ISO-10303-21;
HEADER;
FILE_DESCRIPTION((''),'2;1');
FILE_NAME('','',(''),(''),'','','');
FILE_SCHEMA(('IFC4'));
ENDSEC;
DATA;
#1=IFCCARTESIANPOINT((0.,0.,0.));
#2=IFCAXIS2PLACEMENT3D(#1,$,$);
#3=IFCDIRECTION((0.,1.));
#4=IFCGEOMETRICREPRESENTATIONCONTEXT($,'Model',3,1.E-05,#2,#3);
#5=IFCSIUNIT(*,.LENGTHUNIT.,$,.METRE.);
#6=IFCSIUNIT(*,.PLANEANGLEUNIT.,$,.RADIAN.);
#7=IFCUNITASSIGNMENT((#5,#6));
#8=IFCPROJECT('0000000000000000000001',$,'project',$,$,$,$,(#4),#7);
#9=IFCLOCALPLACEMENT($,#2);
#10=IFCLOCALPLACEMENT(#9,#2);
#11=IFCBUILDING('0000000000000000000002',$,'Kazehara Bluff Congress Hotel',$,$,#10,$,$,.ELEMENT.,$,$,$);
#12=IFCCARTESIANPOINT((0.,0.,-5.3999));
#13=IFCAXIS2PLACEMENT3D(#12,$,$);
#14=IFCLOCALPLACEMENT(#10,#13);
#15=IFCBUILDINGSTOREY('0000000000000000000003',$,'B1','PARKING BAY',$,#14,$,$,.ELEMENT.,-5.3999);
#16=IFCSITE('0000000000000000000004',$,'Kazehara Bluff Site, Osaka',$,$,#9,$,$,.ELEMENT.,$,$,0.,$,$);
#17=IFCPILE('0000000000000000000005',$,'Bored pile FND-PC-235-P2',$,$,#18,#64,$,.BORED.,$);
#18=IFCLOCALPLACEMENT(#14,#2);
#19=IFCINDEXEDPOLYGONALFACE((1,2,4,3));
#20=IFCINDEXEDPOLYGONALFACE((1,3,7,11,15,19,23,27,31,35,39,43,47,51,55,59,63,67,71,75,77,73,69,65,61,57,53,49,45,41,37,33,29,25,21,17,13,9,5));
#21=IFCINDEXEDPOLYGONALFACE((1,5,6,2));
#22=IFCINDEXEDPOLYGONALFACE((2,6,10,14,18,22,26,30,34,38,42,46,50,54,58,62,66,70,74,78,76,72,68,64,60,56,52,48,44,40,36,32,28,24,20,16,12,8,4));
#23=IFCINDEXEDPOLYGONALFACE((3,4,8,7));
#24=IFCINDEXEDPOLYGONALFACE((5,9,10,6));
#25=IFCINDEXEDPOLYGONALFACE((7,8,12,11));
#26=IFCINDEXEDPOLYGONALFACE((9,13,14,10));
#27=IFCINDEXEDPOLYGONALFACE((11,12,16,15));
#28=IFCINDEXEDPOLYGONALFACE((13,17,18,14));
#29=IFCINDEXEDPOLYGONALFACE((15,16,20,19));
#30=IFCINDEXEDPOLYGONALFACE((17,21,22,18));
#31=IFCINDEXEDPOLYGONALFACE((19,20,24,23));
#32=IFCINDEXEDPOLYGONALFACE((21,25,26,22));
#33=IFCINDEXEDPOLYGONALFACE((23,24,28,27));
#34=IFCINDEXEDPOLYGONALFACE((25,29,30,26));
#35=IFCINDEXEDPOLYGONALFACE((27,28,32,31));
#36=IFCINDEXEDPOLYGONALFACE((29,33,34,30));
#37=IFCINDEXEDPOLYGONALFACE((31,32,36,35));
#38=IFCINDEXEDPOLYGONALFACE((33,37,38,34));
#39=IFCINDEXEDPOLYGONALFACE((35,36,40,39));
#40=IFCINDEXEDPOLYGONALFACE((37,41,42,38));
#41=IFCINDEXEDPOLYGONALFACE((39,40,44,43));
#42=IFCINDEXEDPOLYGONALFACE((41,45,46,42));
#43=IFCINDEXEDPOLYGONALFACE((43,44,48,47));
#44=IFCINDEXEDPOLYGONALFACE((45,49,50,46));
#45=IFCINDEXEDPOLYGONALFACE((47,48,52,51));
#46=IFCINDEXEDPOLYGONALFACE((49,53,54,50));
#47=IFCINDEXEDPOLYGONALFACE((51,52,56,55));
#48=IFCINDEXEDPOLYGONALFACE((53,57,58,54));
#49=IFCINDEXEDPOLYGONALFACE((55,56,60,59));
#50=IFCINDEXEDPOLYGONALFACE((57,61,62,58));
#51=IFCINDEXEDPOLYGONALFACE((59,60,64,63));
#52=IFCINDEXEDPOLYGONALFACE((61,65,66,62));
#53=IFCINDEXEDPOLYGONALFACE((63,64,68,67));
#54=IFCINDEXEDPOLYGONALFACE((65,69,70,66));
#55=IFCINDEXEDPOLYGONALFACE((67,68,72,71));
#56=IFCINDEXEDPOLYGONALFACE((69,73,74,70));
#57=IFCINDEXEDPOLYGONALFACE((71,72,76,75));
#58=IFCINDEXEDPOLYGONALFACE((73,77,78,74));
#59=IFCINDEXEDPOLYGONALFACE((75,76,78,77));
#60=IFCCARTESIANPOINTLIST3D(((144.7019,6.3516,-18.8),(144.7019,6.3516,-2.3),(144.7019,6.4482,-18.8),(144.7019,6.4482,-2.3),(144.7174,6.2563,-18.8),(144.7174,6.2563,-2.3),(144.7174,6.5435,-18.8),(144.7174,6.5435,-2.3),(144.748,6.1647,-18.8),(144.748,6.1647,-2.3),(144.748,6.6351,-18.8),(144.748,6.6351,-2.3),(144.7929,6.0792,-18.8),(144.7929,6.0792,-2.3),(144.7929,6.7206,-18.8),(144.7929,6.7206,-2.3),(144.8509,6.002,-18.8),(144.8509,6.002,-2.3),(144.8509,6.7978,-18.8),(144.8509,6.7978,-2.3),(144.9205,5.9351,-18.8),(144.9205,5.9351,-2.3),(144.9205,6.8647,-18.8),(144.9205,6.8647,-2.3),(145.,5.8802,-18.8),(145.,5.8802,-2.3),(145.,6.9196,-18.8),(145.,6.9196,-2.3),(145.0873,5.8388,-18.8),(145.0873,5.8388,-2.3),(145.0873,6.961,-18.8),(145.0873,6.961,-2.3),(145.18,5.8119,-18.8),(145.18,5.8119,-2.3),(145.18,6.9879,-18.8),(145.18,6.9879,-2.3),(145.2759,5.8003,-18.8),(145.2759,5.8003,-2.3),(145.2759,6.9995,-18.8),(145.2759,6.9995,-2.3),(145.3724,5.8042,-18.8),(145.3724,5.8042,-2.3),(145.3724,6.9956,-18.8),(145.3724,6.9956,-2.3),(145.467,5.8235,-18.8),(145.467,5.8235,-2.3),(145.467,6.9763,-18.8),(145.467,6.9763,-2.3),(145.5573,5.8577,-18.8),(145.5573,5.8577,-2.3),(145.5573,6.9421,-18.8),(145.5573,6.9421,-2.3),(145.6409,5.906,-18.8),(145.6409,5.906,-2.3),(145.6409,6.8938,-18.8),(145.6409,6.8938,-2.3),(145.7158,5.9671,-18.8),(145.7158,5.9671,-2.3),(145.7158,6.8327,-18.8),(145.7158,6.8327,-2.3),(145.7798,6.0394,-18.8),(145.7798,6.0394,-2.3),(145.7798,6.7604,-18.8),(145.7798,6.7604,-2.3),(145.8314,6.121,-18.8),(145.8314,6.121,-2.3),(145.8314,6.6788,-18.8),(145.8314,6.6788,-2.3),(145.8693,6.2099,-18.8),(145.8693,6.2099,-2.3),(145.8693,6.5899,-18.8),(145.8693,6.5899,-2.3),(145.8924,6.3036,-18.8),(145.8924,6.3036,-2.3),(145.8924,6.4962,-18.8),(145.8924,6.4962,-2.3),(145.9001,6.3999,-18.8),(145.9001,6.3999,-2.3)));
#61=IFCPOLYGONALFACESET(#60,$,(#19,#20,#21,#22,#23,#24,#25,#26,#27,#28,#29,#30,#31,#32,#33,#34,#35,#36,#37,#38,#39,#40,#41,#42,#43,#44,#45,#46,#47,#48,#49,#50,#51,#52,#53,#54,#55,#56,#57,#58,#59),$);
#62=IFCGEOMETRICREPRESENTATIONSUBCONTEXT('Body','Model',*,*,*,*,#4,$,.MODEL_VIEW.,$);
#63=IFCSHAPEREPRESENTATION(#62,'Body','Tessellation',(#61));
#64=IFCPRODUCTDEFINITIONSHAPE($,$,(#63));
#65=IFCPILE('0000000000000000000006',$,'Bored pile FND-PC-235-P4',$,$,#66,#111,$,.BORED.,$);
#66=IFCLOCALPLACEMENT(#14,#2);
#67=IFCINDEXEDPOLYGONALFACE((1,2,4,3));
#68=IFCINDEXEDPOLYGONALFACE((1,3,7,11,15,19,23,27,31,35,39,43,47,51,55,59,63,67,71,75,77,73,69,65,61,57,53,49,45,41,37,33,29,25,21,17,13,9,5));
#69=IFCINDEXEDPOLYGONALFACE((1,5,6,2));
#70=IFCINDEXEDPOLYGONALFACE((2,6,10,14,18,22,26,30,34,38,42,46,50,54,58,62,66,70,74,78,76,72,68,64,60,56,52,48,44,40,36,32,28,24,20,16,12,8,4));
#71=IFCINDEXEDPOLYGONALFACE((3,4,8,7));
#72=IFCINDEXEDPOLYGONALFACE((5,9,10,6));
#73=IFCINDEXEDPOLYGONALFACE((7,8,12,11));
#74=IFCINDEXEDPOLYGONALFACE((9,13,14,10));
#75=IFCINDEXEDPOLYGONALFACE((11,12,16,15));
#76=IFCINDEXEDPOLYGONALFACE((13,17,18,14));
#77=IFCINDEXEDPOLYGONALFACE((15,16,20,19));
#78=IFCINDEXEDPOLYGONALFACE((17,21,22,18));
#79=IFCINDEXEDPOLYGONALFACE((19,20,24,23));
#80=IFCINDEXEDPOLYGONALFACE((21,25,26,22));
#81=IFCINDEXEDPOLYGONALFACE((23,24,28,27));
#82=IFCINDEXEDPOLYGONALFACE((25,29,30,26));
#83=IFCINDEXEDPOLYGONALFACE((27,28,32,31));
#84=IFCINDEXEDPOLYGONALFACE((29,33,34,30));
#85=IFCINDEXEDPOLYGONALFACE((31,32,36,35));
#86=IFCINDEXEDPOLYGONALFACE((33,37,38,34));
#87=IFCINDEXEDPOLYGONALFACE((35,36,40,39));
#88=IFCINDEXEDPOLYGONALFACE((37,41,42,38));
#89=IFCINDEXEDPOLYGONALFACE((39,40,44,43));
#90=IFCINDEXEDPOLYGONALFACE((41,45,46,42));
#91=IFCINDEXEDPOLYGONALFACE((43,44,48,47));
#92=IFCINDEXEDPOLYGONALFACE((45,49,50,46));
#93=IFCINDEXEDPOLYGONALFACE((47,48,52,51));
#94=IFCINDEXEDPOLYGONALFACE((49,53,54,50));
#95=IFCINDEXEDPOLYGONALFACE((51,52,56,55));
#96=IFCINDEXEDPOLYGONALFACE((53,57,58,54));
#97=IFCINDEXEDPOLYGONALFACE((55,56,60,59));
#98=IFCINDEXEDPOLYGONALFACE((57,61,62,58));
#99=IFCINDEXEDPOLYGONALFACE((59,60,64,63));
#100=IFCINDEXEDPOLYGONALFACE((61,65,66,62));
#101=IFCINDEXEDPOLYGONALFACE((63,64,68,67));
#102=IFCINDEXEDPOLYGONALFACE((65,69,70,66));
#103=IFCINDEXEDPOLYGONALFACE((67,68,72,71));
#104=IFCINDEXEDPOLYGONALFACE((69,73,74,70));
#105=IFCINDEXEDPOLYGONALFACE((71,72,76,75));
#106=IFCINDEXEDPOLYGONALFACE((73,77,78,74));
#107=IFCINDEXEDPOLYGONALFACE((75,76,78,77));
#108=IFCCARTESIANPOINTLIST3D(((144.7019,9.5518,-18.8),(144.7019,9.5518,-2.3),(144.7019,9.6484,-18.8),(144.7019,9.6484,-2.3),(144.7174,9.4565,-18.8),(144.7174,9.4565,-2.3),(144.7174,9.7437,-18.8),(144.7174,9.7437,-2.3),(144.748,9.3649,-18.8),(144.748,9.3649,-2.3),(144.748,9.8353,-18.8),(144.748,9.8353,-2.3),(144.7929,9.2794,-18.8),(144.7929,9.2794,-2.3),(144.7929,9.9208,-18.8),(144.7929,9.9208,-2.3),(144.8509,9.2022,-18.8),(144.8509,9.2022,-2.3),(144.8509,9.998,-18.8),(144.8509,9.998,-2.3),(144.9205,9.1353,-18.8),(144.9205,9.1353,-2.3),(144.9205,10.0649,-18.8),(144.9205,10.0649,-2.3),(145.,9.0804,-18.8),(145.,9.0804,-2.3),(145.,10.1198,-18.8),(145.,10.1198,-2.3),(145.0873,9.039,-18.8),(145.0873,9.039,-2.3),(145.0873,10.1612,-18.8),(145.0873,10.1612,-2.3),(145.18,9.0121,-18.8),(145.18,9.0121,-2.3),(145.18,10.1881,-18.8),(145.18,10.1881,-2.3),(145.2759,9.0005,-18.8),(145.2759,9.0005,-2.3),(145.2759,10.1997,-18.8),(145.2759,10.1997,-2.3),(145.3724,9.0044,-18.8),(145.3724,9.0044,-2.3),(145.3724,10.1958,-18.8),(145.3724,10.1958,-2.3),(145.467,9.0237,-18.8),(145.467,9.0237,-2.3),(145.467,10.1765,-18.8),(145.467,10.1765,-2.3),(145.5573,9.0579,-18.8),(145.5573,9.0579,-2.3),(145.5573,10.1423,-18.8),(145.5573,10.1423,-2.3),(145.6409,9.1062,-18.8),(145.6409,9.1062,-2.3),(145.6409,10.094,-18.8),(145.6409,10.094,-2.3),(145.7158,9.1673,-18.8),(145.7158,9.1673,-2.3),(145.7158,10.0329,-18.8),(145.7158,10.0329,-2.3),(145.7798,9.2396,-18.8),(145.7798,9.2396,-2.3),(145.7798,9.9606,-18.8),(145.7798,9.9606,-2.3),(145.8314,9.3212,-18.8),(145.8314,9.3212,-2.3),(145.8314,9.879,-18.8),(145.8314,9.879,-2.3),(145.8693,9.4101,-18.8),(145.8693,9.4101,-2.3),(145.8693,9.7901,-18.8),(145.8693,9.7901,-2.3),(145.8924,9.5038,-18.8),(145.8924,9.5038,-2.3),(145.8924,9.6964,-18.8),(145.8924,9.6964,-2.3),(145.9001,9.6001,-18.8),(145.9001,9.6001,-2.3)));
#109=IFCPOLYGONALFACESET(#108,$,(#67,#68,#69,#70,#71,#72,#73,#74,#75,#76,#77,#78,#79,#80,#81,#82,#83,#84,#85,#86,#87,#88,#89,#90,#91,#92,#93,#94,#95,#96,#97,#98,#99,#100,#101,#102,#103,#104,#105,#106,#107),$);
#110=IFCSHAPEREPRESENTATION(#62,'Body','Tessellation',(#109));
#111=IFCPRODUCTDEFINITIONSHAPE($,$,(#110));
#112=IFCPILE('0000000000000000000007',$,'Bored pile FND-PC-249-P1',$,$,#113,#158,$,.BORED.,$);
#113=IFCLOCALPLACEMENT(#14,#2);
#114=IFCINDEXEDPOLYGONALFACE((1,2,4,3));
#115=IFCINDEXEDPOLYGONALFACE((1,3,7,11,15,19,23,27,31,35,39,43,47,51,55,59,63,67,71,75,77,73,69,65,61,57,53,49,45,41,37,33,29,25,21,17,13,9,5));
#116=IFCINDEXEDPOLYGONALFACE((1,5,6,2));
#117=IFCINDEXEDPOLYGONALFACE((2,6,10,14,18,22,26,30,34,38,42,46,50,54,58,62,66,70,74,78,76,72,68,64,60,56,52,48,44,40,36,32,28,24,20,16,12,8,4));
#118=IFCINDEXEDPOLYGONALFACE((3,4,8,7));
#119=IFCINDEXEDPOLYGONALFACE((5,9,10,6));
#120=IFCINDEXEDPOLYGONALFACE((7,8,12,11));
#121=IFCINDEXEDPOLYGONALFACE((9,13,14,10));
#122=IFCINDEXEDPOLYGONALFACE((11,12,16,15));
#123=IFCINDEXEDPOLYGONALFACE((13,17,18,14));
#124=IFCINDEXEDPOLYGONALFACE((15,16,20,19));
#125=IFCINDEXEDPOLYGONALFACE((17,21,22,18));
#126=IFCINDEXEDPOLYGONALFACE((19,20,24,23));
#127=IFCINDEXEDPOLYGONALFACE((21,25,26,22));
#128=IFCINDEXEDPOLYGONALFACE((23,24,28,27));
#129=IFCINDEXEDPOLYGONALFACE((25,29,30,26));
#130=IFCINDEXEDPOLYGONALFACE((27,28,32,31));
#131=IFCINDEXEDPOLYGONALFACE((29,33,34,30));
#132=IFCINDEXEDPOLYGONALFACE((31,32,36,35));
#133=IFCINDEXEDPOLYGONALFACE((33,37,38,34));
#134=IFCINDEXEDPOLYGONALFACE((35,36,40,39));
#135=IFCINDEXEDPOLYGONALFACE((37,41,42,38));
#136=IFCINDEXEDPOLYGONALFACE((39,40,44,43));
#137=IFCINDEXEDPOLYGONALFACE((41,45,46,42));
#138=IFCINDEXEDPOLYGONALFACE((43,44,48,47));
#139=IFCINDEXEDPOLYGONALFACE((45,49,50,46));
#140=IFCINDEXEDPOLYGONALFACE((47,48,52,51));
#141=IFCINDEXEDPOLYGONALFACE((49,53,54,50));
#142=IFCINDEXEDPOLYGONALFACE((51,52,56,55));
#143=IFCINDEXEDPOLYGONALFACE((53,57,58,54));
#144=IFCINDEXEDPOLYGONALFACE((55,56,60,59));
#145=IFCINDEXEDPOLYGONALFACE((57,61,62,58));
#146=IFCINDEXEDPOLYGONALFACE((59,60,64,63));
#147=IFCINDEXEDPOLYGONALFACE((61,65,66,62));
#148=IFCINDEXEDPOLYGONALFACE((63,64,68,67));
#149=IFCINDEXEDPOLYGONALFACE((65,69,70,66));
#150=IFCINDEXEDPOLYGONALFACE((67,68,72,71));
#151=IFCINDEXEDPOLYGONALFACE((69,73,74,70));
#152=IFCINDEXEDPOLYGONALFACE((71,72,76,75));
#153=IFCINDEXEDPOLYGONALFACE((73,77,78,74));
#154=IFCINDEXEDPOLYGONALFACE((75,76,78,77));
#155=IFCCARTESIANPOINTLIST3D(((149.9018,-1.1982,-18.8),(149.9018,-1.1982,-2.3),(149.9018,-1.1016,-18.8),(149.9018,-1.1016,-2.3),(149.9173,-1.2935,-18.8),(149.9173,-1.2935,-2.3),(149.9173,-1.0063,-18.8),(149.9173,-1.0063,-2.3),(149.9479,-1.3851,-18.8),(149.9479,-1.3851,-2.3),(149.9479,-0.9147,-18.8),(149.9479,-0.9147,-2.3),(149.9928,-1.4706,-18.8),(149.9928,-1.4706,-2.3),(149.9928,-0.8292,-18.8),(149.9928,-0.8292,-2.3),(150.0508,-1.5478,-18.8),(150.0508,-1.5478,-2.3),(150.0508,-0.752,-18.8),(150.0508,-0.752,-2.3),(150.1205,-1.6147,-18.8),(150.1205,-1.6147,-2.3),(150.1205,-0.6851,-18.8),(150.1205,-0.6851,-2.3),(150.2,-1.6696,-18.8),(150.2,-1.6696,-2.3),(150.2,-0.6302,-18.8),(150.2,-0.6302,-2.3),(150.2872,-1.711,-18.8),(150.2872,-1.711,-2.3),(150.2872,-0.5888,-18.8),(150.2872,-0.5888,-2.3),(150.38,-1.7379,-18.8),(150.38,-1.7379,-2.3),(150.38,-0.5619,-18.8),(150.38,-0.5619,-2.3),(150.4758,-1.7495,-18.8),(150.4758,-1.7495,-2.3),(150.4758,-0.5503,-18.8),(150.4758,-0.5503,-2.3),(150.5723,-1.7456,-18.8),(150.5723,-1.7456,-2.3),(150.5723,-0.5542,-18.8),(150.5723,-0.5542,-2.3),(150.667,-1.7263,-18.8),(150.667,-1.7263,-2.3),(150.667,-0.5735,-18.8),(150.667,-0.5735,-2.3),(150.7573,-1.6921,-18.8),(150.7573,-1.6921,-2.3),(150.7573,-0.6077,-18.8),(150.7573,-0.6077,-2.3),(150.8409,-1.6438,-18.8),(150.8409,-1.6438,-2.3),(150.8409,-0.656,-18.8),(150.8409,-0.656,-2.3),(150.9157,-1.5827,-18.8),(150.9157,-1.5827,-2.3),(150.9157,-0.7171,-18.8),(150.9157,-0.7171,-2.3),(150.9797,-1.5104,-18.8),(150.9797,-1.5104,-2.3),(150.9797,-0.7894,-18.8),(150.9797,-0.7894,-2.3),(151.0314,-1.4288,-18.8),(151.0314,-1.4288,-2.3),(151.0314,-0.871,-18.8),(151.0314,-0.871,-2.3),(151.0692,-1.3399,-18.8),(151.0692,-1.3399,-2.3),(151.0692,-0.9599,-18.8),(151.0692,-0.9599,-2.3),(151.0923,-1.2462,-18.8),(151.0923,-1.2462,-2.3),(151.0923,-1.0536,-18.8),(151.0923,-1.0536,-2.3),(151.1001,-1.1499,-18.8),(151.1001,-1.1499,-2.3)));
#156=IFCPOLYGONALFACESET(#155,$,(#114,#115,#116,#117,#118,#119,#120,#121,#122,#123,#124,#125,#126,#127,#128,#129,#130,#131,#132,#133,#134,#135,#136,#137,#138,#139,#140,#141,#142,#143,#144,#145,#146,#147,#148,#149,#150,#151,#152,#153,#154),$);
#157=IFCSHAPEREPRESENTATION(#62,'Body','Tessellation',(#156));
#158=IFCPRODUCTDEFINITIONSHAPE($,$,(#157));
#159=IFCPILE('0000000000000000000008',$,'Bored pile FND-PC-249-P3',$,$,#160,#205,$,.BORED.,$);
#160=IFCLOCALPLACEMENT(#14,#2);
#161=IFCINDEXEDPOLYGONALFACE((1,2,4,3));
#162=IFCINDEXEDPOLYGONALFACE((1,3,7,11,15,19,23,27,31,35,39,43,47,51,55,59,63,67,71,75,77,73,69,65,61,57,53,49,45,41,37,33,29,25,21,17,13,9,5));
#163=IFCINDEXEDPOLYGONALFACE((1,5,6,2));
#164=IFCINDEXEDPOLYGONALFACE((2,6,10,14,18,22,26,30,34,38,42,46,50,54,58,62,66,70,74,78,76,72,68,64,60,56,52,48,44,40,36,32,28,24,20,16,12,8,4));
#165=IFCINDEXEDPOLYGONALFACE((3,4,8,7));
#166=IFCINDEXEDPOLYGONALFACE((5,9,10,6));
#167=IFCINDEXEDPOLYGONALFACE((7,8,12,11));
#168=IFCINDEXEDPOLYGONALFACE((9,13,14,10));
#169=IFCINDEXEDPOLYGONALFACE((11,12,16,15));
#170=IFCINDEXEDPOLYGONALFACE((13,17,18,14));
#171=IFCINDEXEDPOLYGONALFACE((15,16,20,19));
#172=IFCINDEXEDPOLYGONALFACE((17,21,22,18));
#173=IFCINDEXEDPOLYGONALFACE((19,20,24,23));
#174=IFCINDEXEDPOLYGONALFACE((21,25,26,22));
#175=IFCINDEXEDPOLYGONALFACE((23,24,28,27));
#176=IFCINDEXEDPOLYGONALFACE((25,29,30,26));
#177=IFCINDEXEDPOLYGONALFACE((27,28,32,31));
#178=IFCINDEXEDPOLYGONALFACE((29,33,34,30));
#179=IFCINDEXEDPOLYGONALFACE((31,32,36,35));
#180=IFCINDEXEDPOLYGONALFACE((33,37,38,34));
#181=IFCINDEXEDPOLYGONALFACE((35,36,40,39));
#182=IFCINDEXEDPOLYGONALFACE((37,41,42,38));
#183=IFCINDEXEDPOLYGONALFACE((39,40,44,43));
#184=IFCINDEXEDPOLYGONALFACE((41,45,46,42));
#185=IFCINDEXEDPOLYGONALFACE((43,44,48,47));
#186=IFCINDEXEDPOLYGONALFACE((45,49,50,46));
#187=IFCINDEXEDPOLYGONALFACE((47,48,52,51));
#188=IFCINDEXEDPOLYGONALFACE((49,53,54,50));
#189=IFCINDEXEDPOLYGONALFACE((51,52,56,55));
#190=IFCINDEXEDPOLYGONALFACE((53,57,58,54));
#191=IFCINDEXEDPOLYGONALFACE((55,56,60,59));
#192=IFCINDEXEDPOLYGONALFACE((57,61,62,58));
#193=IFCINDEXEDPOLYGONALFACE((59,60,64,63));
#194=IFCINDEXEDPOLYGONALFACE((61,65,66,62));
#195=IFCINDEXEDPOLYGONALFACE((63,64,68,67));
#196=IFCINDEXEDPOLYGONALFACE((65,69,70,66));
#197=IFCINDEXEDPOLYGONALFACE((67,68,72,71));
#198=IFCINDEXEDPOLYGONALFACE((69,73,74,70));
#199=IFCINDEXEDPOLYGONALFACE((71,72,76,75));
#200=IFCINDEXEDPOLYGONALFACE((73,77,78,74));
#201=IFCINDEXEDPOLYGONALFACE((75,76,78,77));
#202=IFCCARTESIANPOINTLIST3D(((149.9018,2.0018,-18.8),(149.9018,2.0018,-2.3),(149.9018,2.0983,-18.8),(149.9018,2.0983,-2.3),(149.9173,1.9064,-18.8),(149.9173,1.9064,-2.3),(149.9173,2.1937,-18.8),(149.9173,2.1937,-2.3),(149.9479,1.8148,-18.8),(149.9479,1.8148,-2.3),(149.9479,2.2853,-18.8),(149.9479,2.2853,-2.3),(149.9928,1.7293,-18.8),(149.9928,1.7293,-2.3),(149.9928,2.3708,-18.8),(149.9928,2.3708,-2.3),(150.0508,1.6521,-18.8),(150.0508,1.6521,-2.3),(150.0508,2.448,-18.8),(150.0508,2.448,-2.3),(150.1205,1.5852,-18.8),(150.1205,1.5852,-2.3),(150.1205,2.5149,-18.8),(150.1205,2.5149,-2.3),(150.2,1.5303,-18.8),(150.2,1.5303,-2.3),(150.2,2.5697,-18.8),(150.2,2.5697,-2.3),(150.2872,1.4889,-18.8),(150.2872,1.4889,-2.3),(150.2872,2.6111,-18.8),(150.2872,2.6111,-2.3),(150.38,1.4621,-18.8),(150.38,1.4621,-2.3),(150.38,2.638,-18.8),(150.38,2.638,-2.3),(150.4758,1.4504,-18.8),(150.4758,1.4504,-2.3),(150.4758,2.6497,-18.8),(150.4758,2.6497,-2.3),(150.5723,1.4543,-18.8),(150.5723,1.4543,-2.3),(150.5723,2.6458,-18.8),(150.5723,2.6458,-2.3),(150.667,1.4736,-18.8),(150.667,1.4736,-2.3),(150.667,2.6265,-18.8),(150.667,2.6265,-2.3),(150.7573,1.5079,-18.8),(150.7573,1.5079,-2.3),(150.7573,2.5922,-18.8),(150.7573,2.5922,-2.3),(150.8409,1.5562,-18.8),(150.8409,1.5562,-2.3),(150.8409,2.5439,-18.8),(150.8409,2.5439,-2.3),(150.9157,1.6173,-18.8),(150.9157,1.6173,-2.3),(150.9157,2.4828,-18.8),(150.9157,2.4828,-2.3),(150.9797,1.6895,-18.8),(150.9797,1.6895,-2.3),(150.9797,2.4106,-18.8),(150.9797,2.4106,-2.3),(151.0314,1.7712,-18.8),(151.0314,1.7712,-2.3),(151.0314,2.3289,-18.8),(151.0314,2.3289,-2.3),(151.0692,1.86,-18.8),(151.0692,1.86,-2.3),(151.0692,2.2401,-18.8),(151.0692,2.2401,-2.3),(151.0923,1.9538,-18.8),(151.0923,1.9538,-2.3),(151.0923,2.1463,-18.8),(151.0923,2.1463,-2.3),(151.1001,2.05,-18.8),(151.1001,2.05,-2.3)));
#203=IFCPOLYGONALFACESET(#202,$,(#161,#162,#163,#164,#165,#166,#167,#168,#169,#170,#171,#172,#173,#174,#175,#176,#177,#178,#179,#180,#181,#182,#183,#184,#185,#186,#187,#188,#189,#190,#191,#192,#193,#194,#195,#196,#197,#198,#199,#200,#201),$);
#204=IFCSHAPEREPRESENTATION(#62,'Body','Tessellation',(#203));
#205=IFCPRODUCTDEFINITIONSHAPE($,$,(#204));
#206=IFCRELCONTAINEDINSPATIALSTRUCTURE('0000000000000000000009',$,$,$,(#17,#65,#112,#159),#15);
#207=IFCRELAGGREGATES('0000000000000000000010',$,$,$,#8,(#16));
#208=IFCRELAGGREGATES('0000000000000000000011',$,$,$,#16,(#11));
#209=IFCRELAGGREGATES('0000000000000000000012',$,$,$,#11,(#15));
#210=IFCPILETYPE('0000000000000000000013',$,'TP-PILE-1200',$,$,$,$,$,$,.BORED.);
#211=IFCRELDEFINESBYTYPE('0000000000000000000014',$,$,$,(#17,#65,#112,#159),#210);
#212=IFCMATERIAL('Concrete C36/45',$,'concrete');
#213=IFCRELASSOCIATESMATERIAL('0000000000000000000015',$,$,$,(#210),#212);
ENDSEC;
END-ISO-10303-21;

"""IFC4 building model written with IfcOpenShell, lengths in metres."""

from ifc_helpers import new_model, si_unit, direction, frame, origin, origin_2d, place, context, subcontext, project, spatial, circle, extrude, material, material_profile, profile_set, type_object, element, save


model = new_model("IFC4")

# Units and contexts
model_context = context("Model", 3, precision=1e-05, world=origin(), true_north=direction((0.0, 1.0)))
body_context = subcontext(model_context, "Body", "Model", "MODEL_VIEW")
ifc_project = project(units=[si_unit("LENGTHUNIT", "METRE"), si_unit("PLANEANGLEUNIT", "RADIAN")], contexts=[model_context])

# Site, building, storey
site_placement = place(None, origin())
site = spatial("IfcSite", under=ifc_project, at=site_placement, Name="Kazehara Bluff Site, Osaka", CompositionType="ELEMENT", RefElevation=0.0)
building_placement = place(site_placement, origin())
building = spatial("IfcBuilding", under=site, at=building_placement, Name="Kazehara Bluff Congress Hotel", CompositionType="ELEMENT")
storey_placement = place(building_placement, frame((0.0, 0.0, -5.3999)))
storey = spatial("IfcBuildingStorey", under=building, at=storey_placement, Name="B1", Description="PARKING BAY", CompositionType="ELEMENT", Elevation=-5.3999)

# Piles
ifc_material_1 = material(Name="Concrete C36/45", Category="concrete")
ifc_material_profile_1 = material_profile(ifc_material_1, circle(Radius=0.6001, at=origin_2d()))
ifc_profile_set_1 = profile_set([ifc_material_profile_1], Name="Concrete C36/45")
pile_type_1 = type_object("IfcPileType", Name="TP-PILE-1200", PredefinedType="BORED", material=ifc_profile_set_1)
for number, where, z_axis, x_axis, name in (
    (1, (145.3, 6.3999, -2.3), (0.0, 0.0, -1.0), (1.0, 0.0, 0.0), "Bored pile FND-PC-235-P2"),
    (2, (145.3, 9.6001, -2.3), (0.0, 0.0, -1.0), (1.0, 0.0, 0.0), "Bored pile FND-PC-235-P4"),
    (3, (150.5, -1.1499, -2.3), (0.0, 0.0, -1.0), (1.0, 0.0, 0.0), "Bored pile FND-PC-249-P1"),
    (4, (150.5, 2.05, -2.3), (0.0, 0.0, -1.0), (1.0, 0.0, 0.0), "Bored pile FND-PC-249-P3"),
):
    element("IfcPile", number, at=place(storey_placement, frame(where, z_axis=z_axis, x_axis=x_axis)), inside=storey, type_object=pile_type_1, Name=name, PredefinedType="BORED", context=body_context, shape_type="SweptSolid", body=[
        extrude(circle(Radius=0.6001, at=origin_2d()), origin(), (0.0, 0.0, 1.0), 16.5),
    ])

save(model, "model.ifc")
